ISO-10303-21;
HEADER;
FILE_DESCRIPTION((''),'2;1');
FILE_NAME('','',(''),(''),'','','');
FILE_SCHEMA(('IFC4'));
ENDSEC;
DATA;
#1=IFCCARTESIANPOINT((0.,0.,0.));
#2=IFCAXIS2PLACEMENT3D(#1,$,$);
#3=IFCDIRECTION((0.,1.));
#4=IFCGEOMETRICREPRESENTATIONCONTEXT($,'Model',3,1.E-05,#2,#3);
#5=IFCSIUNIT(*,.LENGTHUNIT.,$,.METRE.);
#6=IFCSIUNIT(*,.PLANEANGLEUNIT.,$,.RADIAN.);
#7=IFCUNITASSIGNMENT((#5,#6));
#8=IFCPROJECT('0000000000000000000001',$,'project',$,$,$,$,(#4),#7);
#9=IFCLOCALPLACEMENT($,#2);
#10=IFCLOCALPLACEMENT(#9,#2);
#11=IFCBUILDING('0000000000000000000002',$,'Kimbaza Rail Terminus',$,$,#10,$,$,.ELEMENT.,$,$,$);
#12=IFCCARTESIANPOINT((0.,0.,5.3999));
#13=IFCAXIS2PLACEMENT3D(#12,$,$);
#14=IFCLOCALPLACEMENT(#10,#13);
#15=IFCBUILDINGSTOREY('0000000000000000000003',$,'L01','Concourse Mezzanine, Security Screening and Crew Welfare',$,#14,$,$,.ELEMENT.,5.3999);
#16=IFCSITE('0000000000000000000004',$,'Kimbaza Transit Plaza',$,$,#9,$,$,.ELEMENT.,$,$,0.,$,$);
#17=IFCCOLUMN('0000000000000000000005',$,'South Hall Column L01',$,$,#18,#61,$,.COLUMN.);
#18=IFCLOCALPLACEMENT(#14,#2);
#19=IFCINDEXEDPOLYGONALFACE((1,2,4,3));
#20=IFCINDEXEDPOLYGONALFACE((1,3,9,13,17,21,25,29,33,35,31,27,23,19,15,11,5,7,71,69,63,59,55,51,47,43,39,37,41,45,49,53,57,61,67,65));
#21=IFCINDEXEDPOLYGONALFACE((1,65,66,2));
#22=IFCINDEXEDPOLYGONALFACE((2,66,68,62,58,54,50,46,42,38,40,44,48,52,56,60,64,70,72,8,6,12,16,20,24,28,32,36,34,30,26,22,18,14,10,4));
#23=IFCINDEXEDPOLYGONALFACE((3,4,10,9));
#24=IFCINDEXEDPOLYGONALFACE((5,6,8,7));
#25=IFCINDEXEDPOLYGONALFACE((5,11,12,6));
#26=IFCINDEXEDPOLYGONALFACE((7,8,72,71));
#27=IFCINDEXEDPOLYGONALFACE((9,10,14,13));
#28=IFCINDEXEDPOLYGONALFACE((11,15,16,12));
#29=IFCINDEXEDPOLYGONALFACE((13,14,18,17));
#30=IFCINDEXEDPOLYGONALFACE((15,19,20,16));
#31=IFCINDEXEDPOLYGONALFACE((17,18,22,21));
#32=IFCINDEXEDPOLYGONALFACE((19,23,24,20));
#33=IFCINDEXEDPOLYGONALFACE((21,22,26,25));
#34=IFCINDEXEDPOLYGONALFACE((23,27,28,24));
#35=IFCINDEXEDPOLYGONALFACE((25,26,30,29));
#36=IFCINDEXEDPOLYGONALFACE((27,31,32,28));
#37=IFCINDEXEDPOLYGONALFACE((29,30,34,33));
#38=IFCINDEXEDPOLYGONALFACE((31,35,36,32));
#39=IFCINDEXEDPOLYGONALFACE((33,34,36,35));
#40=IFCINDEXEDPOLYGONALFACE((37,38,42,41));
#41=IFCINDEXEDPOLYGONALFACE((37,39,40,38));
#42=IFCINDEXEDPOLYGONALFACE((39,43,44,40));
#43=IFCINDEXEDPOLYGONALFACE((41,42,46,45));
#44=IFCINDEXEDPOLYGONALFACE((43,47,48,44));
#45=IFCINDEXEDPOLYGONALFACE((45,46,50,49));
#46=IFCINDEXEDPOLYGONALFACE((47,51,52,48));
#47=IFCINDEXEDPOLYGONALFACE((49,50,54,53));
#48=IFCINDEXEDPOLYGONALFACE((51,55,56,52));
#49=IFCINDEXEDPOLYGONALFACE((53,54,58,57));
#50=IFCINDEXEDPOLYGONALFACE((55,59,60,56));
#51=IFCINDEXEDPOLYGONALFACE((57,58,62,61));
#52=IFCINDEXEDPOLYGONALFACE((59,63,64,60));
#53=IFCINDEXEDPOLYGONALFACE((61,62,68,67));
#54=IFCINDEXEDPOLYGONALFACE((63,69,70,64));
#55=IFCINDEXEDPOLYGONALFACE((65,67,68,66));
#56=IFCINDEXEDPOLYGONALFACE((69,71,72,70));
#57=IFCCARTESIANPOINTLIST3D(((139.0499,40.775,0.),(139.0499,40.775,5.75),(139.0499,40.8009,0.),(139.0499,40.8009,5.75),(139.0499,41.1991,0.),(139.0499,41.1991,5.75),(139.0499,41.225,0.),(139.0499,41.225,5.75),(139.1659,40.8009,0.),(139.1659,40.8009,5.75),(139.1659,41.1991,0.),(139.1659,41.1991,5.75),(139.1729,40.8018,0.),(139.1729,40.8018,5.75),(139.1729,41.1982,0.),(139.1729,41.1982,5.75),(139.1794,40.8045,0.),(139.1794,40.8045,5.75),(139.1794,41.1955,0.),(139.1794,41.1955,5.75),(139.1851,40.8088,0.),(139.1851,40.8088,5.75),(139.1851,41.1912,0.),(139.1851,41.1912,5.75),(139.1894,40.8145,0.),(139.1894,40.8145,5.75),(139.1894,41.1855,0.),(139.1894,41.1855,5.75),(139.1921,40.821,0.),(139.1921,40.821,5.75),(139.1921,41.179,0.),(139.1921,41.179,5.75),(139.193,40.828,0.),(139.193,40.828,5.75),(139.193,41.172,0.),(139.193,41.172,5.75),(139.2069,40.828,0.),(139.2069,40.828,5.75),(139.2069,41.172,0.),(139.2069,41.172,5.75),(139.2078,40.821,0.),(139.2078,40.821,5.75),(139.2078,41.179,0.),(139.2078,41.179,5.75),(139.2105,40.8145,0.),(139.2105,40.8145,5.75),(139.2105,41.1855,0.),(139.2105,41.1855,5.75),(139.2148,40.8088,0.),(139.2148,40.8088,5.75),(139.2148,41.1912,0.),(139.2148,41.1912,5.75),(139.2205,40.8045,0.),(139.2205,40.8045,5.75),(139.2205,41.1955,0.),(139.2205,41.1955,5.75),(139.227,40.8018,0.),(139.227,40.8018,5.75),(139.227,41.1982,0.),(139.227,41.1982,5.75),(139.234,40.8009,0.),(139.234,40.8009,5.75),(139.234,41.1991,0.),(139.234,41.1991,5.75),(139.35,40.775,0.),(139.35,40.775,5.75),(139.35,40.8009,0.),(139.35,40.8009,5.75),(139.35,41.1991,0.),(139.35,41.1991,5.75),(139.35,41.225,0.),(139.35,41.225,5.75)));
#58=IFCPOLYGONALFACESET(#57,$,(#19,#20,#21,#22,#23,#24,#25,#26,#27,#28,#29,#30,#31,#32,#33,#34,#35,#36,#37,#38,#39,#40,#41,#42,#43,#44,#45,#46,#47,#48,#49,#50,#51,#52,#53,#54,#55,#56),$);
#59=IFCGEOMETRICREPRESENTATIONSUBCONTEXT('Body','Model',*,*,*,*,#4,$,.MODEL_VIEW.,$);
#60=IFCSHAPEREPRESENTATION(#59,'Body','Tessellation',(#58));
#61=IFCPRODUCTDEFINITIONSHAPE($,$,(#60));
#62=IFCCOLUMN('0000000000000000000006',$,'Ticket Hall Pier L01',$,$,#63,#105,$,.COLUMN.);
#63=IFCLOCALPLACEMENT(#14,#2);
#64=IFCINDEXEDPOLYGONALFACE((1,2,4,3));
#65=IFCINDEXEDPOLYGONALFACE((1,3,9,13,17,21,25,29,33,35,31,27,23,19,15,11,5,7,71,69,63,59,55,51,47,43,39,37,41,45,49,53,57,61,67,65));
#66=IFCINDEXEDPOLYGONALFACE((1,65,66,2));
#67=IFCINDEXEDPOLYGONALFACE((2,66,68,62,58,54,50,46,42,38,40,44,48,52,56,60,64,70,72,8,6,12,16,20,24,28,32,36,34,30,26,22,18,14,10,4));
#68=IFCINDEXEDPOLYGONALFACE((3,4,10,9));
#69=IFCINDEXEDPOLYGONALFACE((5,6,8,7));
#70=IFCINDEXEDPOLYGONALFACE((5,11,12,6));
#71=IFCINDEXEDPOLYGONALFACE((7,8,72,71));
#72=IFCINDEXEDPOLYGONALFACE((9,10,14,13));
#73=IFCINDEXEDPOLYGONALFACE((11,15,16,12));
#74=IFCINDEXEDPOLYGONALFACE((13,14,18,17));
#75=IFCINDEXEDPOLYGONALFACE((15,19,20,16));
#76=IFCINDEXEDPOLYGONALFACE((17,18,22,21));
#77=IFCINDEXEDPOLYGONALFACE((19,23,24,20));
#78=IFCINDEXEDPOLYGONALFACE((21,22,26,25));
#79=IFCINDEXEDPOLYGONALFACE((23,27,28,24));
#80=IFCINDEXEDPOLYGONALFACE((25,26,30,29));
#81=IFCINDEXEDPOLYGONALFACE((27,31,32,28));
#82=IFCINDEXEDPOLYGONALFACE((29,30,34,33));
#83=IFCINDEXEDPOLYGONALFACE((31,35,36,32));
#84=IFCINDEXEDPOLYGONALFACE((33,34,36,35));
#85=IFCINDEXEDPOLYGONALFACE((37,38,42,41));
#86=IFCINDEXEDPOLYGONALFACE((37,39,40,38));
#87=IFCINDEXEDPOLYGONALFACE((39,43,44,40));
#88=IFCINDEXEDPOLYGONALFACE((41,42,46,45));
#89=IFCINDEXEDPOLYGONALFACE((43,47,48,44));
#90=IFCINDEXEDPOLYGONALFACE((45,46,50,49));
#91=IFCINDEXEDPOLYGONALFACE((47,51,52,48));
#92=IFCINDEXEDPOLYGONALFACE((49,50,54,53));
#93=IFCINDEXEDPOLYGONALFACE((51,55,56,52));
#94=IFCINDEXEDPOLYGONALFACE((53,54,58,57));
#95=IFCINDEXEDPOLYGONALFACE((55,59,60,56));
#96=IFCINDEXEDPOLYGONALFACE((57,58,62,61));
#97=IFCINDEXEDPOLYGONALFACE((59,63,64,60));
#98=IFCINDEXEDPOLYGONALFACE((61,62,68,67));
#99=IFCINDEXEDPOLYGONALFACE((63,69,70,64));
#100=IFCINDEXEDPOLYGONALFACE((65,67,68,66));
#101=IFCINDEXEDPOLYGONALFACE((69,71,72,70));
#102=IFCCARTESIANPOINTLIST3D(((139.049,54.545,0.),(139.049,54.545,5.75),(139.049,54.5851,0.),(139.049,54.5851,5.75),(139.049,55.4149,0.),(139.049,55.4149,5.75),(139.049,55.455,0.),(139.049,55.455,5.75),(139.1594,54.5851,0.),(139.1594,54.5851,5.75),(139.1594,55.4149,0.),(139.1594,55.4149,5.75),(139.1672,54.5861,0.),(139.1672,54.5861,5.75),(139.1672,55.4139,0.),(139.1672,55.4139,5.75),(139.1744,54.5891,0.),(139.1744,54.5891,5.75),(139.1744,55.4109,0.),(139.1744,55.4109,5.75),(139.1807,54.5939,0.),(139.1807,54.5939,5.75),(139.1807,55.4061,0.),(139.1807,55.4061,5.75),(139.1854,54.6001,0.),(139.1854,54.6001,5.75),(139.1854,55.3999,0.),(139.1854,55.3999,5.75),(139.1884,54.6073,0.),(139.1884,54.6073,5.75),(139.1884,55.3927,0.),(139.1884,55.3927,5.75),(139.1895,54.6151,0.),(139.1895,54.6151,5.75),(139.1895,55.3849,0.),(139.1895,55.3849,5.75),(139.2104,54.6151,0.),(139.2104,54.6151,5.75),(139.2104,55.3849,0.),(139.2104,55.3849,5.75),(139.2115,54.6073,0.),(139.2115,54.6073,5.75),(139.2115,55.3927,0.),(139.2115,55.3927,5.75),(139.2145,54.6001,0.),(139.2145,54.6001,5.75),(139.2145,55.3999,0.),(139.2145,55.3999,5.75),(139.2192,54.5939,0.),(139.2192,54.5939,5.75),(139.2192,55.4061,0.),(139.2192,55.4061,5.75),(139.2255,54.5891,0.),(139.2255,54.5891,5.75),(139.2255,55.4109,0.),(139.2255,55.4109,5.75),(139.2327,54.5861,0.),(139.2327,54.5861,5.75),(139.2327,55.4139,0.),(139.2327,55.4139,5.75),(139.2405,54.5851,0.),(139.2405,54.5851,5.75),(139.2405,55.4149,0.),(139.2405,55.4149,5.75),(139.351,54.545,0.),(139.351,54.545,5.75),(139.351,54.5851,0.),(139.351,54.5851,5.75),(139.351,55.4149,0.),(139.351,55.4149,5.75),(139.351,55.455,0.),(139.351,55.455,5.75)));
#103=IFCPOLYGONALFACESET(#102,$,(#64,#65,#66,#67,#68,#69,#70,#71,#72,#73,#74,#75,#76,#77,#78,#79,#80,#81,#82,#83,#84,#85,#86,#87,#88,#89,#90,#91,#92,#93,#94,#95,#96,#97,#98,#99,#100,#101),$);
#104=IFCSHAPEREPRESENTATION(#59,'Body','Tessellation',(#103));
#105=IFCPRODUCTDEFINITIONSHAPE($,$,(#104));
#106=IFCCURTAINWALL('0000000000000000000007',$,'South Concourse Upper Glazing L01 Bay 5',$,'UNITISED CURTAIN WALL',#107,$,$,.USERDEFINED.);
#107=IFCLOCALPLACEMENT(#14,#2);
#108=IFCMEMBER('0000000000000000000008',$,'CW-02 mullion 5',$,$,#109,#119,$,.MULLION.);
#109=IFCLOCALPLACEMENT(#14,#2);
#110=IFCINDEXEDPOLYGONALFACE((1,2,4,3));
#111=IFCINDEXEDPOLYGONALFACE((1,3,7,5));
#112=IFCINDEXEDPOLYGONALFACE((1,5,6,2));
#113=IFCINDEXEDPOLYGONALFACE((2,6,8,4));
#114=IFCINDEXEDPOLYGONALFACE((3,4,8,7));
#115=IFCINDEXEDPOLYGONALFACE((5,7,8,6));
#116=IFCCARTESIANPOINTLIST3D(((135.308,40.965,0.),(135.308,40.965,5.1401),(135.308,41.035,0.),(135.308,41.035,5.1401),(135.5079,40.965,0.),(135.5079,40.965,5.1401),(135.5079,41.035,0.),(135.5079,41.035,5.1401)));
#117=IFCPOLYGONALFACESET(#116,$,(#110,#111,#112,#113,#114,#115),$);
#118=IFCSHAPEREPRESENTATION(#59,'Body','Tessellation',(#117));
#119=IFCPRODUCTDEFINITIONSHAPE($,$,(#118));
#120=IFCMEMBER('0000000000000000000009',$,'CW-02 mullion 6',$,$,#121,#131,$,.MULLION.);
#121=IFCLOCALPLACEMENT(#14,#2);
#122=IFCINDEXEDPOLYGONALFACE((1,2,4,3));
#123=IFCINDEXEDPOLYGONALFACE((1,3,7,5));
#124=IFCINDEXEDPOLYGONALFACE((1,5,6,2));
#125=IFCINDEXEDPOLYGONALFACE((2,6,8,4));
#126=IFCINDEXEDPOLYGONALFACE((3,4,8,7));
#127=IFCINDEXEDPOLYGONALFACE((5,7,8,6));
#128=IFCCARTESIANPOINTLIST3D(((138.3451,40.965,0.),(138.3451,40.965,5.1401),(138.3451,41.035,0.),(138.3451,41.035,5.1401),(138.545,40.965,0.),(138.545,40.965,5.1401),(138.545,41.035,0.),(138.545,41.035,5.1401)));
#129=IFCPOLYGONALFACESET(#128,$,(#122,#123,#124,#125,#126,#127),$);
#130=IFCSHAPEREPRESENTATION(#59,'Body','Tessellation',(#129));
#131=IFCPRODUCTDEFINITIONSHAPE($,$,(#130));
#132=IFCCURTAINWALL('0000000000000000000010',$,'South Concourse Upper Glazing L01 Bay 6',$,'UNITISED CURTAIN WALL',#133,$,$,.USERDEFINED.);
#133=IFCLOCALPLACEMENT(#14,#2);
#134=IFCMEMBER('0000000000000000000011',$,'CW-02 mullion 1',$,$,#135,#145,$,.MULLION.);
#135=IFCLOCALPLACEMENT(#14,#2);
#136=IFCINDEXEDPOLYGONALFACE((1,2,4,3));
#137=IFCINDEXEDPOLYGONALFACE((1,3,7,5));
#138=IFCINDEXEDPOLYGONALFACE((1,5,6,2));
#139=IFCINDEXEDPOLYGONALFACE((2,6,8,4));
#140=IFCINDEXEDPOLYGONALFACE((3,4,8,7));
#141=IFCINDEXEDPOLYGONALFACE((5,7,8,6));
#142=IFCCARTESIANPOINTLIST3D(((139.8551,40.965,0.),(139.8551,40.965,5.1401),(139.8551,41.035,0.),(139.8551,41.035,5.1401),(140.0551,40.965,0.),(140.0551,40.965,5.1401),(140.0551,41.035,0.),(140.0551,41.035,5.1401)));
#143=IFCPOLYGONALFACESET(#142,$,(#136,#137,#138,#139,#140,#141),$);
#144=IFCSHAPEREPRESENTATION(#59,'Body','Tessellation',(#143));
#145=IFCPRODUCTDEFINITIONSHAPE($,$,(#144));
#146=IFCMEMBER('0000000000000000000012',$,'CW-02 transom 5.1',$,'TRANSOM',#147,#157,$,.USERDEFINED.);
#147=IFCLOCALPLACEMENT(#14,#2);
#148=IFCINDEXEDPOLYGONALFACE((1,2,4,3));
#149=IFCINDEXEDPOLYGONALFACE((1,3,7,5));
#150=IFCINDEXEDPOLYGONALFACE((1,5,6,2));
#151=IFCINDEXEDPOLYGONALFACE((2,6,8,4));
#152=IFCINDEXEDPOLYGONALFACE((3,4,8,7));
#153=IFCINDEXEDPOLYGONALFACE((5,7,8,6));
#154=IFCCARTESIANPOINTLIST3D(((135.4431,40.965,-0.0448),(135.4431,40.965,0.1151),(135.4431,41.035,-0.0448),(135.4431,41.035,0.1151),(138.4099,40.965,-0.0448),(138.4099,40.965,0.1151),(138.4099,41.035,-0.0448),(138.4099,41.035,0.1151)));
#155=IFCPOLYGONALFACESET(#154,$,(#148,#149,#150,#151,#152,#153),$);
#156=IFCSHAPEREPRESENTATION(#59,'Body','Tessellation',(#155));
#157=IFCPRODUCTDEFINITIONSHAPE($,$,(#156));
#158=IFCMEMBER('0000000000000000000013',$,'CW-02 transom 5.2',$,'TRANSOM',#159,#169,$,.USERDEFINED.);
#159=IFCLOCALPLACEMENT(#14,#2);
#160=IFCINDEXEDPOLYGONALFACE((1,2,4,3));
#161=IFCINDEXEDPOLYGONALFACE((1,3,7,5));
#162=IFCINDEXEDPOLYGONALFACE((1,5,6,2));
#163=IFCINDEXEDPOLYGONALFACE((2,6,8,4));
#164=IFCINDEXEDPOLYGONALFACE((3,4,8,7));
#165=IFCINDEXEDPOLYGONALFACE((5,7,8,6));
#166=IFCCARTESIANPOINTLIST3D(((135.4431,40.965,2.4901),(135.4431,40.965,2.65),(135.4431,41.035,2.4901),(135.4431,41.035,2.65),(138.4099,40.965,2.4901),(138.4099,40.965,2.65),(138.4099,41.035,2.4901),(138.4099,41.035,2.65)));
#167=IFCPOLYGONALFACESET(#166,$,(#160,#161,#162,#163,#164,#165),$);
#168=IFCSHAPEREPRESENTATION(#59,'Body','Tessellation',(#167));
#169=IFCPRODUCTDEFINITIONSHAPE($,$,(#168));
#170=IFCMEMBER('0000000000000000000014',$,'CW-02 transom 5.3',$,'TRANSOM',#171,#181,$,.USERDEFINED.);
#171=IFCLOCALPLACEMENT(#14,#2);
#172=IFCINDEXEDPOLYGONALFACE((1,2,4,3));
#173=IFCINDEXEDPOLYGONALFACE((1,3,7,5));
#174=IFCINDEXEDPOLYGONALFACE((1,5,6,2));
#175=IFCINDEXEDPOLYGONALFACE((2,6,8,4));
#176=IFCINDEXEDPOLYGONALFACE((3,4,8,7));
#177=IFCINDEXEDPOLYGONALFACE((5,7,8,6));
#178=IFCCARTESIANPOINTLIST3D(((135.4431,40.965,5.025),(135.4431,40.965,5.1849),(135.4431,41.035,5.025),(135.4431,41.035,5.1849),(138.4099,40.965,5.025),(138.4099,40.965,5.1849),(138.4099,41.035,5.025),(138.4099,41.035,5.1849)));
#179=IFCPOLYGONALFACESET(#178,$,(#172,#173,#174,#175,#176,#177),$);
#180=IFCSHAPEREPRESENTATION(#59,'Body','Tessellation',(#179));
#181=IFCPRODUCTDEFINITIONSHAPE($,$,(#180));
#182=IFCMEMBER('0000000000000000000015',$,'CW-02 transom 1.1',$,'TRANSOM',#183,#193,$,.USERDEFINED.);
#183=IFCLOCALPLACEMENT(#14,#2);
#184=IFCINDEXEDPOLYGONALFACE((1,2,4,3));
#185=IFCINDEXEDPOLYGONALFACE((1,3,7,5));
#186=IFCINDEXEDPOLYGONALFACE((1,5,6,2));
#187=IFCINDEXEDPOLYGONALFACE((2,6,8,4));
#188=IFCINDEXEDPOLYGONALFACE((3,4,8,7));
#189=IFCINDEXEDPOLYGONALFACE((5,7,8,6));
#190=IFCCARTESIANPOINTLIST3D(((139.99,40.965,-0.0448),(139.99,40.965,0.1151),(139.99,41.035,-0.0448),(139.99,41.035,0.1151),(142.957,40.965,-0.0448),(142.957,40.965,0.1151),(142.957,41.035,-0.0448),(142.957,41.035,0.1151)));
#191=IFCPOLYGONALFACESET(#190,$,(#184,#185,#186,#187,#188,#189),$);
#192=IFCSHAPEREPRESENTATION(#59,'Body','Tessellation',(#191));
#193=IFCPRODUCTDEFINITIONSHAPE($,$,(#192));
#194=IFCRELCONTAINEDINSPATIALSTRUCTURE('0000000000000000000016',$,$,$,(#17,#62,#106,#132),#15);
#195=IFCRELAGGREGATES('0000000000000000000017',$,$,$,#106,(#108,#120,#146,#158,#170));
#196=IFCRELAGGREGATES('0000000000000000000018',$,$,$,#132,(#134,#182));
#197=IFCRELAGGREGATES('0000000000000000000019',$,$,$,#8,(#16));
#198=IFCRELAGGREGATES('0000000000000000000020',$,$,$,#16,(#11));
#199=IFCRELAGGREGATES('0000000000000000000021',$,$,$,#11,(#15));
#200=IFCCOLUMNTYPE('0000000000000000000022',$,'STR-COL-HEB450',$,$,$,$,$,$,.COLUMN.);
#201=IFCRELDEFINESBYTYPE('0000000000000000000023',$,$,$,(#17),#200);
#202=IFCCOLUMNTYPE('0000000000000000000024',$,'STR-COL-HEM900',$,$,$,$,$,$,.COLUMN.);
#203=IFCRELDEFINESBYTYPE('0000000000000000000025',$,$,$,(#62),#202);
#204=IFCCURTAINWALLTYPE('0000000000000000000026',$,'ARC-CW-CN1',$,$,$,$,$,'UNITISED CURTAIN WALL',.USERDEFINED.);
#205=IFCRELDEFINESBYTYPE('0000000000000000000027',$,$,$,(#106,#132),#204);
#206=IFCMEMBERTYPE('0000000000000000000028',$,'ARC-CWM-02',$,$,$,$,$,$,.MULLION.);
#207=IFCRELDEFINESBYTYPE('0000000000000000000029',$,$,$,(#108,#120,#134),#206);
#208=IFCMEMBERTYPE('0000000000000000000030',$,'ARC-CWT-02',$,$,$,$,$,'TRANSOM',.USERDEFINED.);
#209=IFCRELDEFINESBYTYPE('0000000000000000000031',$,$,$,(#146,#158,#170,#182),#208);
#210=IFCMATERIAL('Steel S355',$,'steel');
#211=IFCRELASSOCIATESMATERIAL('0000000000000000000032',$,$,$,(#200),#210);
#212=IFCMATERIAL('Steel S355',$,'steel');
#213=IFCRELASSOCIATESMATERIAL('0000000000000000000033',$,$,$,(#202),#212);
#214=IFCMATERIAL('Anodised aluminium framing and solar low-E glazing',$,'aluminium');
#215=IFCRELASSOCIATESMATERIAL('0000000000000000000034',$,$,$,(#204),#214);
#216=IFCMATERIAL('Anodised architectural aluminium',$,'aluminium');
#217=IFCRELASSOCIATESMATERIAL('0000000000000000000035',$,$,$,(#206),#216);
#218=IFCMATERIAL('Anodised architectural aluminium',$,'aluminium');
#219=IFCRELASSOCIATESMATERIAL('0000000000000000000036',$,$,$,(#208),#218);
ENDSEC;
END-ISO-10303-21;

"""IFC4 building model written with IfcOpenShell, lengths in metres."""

from ifc_helpers import new_model, si_unit, direction, frame, origin, origin_2d, place, context, subcontext, project, spatial, rectangle, i_section, extrude, material, material_profile, profile_set, type_object, element, aggregate, save


model = new_model("IFC4")

# Units and contexts
model_context = context("Model", 3, precision=1e-05, world=origin(), true_north=direction((0.0, 1.0)))
body_context = subcontext(model_context, "Body", "Model", "MODEL_VIEW")
ifc_project = project(units=[si_unit("LENGTHUNIT", "METRE"), si_unit("PLANEANGLEUNIT", "RADIAN")], contexts=[model_context])

# Site, building, storey
site_placement = place(None, origin())
site = spatial("IfcSite", under=ifc_project, at=site_placement, Name="Kimbaza Transit Plaza", CompositionType="ELEMENT", RefElevation=0.0)
building_placement = place(site_placement, origin())
building = spatial("IfcBuilding", under=site, at=building_placement, Name="Kimbaza Rail Terminus", CompositionType="ELEMENT")
storey_placement = place(building_placement, frame((0.0, 0.0, 5.3999)))
storey = spatial("IfcBuildingStorey", under=building, at=storey_placement, Name="L01", Description="Concourse Mezzanine, Security Screening and Crew Welfare", CompositionType="ELEMENT", Elevation=5.3999)

# Columns
ifc_material_1 = material(Name="Steel S355", Category="steel")
ifc_material_profile_1 = material_profile(ifc_material_1, i_section(OverallWidth=0.3, OverallDepth=0.45, WebThickness=0.0139, FlangeThickness=0.0259, FilletRadius=0.0271, at=origin_2d()), Name="HEB 450")
ifc_profile_set_1 = profile_set([ifc_material_profile_1], Name="Steel S355")
column_type_1 = type_object("IfcColumnType", Name="STR-COL-HEB450", PredefinedType="COLUMN", material=ifc_profile_set_1)
column_1_placement = place(storey_placement, frame((139.2, 41.0, 0.0), z_axis=(0.0, 0.0, 1.0), x_axis=(1.0, 0.0, 0.0)))
element("IfcColumn", 1, at=column_1_placement, inside=storey, type_object=column_type_1, Name="South Hall Column L01", PredefinedType="COLUMN", context=body_context, shape_type="SweptSolid", body=[
    extrude(i_section(OverallWidth=0.3, OverallDepth=0.45, WebThickness=0.0139, FlangeThickness=0.0259, FilletRadius=0.0271, at=origin_2d()), origin(), (0.0, 0.0, 1.0), 5.75),
])
ifc_material_2 = material(Name="Steel S355", Category="steel")
ifc_material_profile_2 = material_profile(ifc_material_2, i_section(OverallWidth=0.302, OverallDepth=0.9099, WebThickness=0.021, FlangeThickness=0.04, FilletRadius=0.03, at=origin_2d()), Name="HEM 900")
ifc_profile_set_2 = profile_set([ifc_material_profile_2], Name="Steel S355")
column_type_2 = type_object("IfcColumnType", Name="STR-COL-HEM900", PredefinedType="COLUMN", material=ifc_profile_set_2)
column_2_placement = place(storey_placement, frame((139.2, 55.0, 0.0), z_axis=(0.0, 0.0, 1.0), x_axis=(1.0, 0.0, 0.0)))
element("IfcColumn", 2, at=column_2_placement, inside=storey, type_object=column_type_2, Name="Ticket Hall Pier L01", PredefinedType="COLUMN", context=body_context, shape_type="SweptSolid", body=[
    extrude(i_section(OverallWidth=0.302, OverallDepth=0.9099, WebThickness=0.021, FlangeThickness=0.04, FilletRadius=0.03, at=origin_2d()), origin(), (0.0, 0.0, 1.0), 5.75),
])

# Curtain wall, members
ifc_material_3 = material(Name="Anodised aluminium framing and solar low-E glazing", Category="aluminium")
curtain_wall_type = type_object("IfcCurtainWallType", Name="ARC-CW-CN1", ElementType="UNITISED CURTAIN WALL", PredefinedType="USERDEFINED", material=ifc_material_3)
curtain_wall_1_placement = place(storey_placement, origin())
curtain_wall_1 = element("IfcCurtainWall", 3, at=curtain_wall_1_placement, inside=storey, type_object=curtain_wall_type, Name="South Concourse Upper Glazing L01 Bay 5", ObjectType="UNITISED CURTAIN WALL", PredefinedType="USERDEFINED")
ifc_material_4 = material(Name="Anodised architectural aluminium", Category="aluminium")
ifc_material_profile_3 = material_profile(ifc_material_4, rectangle(XDim=0.0701, YDim=0.2, at=origin_2d()), Name="MULLION 70x200")
ifc_profile_set_3 = profile_set([ifc_material_profile_3], Name="Anodised architectural aluminium")
member_type_1 = type_object("IfcMemberType", Name="ARC-CWM-02", PredefinedType="MULLION", material=ifc_profile_set_3)
member_1_placement = place(storey_placement, frame((135.408, 41.0, 0.0), z_axis=(0.0, 0.0, 1.0), x_axis=(0.0, 1.0, 0.0)))
member_1 = element("IfcMember", 4, at=member_1_placement, type_object=member_type_1, Name="CW-02 mullion 5", PredefinedType="MULLION", context=body_context, shape_type="SweptSolid", body=[
    extrude(rectangle(XDim=0.0701, YDim=0.2, at=origin_2d()), origin(), (0.0, 0.0, 1.0), 5.1401),
])
member_2_placement = place(storey_placement, frame((138.4451, 41.0, 0.0), z_axis=(0.0, 0.0, 1.0), x_axis=(0.0, 1.0, 0.0)))
member_2 = element("IfcMember", 5, at=member_2_placement, type_object=member_type_1, Name="CW-02 mullion 6", PredefinedType="MULLION", context=body_context, shape_type="SweptSolid", body=[
    extrude(rectangle(XDim=0.0701, YDim=0.2, at=origin_2d()), origin(), (0.0, 0.0, 1.0), 5.1401),
])

# Curtain wall, member
curtain_wall_2_placement = place(storey_placement, origin())
curtain_wall_2 = element("IfcCurtainWall", 6, at=curtain_wall_2_placement, inside=storey, type_object=curtain_wall_type, Name="South Concourse Upper Glazing L01 Bay 6", ObjectType="UNITISED CURTAIN WALL", PredefinedType="USERDEFINED")
member_3_placement = place(storey_placement, frame((139.9551, 41.0, 0.0), z_axis=(0.0, 0.0, 1.0), x_axis=(0.0, 1.0, 0.0)))
member_3 = element("IfcMember", 7, at=member_3_placement, type_object=member_type_1, Name="CW-02 mullion 1", PredefinedType="MULLION", context=body_context, shape_type="SweptSolid", body=[
    extrude(rectangle(XDim=0.0701, YDim=0.2, at=origin_2d()), origin(), (0.0, 0.0, 1.0), 5.1401),
])

# Members
ifc_material_5 = material(Name="Anodised architectural aluminium", Category="aluminium")
ifc_material_profile_4 = material_profile(ifc_material_5, rectangle(XDim=0.0701, YDim=0.1599, at=origin_2d()), Name="TRANSOM 70x160")
ifc_profile_set_4 = profile_set([ifc_material_profile_4], Name="Anodised architectural aluminium")
member_type_2 = type_object("IfcMemberType", Name="ARC-CWT-02", ElementType="TRANSOM", PredefinedType="USERDEFINED", material=ifc_profile_set_4)
member_4_placement = place(storey_placement, frame((135.4431, 41.0, 0.0352), z_axis=(1.0, 0.0, 0.0), x_axis=(0.0, 1.0, 0.0)))
member_4 = element("IfcMember", 8, at=member_4_placement, type_object=member_type_2, Name="CW-02 transom 5.1", ObjectType="TRANSOM", PredefinedType="USERDEFINED", context=body_context, shape_type="SweptSolid", body=[
    extrude(rectangle(XDim=0.0701, YDim=0.1599, at=origin_2d()), origin(), (0.0, 0.0, 1.0), 2.9668),
])
member_5_placement = place(storey_placement, frame((135.4431, 41.0, 2.5701), z_axis=(1.0, 0.0, 0.0), x_axis=(0.0, 1.0, 0.0)))
member_5 = element("IfcMember", 9, at=member_5_placement, type_object=member_type_2, Name="CW-02 transom 5.2", ObjectType="TRANSOM", PredefinedType="USERDEFINED", context=body_context, shape_type="SweptSolid", body=[
    extrude(rectangle(XDim=0.0701, YDim=0.1599, at=origin_2d()), origin(), (0.0, 0.0, 1.0), 2.9668),
])
member_6_placement = place(storey_placement, frame((135.4431, 41.0, 5.105), z_axis=(1.0, 0.0, 0.0), x_axis=(0.0, 1.0, 0.0)))
member_6 = element("IfcMember", 10, at=member_6_placement, type_object=member_type_2, Name="CW-02 transom 5.3", ObjectType="TRANSOM", PredefinedType="USERDEFINED", context=body_context, shape_type="SweptSolid", body=[
    extrude(rectangle(XDim=0.0701, YDim=0.1599, at=origin_2d()), origin(), (0.0, 0.0, 1.0), 2.9668),
])
member_7_placement = place(storey_placement, frame((139.99, 41.0, 0.0352), z_axis=(1.0, 0.0, 0.0), x_axis=(0.0, 1.0, 0.0)))
member_7 = element("IfcMember", 11, at=member_7_placement, type_object=member_type_2, Name="CW-02 transom 1.1", ObjectType="TRANSOM", PredefinedType="USERDEFINED", context=body_context, shape_type="SweptSolid", body=[
    extrude(rectangle(XDim=0.0701, YDim=0.1599, at=origin_2d()), origin(), (0.0, 0.0, 1.0), 2.967),
])

aggregate(curtain_wall_1, [member_1, member_2, member_4, member_5, member_6])
aggregate(curtain_wall_2, [member_3, member_7])

save(model, "model.ifc")
